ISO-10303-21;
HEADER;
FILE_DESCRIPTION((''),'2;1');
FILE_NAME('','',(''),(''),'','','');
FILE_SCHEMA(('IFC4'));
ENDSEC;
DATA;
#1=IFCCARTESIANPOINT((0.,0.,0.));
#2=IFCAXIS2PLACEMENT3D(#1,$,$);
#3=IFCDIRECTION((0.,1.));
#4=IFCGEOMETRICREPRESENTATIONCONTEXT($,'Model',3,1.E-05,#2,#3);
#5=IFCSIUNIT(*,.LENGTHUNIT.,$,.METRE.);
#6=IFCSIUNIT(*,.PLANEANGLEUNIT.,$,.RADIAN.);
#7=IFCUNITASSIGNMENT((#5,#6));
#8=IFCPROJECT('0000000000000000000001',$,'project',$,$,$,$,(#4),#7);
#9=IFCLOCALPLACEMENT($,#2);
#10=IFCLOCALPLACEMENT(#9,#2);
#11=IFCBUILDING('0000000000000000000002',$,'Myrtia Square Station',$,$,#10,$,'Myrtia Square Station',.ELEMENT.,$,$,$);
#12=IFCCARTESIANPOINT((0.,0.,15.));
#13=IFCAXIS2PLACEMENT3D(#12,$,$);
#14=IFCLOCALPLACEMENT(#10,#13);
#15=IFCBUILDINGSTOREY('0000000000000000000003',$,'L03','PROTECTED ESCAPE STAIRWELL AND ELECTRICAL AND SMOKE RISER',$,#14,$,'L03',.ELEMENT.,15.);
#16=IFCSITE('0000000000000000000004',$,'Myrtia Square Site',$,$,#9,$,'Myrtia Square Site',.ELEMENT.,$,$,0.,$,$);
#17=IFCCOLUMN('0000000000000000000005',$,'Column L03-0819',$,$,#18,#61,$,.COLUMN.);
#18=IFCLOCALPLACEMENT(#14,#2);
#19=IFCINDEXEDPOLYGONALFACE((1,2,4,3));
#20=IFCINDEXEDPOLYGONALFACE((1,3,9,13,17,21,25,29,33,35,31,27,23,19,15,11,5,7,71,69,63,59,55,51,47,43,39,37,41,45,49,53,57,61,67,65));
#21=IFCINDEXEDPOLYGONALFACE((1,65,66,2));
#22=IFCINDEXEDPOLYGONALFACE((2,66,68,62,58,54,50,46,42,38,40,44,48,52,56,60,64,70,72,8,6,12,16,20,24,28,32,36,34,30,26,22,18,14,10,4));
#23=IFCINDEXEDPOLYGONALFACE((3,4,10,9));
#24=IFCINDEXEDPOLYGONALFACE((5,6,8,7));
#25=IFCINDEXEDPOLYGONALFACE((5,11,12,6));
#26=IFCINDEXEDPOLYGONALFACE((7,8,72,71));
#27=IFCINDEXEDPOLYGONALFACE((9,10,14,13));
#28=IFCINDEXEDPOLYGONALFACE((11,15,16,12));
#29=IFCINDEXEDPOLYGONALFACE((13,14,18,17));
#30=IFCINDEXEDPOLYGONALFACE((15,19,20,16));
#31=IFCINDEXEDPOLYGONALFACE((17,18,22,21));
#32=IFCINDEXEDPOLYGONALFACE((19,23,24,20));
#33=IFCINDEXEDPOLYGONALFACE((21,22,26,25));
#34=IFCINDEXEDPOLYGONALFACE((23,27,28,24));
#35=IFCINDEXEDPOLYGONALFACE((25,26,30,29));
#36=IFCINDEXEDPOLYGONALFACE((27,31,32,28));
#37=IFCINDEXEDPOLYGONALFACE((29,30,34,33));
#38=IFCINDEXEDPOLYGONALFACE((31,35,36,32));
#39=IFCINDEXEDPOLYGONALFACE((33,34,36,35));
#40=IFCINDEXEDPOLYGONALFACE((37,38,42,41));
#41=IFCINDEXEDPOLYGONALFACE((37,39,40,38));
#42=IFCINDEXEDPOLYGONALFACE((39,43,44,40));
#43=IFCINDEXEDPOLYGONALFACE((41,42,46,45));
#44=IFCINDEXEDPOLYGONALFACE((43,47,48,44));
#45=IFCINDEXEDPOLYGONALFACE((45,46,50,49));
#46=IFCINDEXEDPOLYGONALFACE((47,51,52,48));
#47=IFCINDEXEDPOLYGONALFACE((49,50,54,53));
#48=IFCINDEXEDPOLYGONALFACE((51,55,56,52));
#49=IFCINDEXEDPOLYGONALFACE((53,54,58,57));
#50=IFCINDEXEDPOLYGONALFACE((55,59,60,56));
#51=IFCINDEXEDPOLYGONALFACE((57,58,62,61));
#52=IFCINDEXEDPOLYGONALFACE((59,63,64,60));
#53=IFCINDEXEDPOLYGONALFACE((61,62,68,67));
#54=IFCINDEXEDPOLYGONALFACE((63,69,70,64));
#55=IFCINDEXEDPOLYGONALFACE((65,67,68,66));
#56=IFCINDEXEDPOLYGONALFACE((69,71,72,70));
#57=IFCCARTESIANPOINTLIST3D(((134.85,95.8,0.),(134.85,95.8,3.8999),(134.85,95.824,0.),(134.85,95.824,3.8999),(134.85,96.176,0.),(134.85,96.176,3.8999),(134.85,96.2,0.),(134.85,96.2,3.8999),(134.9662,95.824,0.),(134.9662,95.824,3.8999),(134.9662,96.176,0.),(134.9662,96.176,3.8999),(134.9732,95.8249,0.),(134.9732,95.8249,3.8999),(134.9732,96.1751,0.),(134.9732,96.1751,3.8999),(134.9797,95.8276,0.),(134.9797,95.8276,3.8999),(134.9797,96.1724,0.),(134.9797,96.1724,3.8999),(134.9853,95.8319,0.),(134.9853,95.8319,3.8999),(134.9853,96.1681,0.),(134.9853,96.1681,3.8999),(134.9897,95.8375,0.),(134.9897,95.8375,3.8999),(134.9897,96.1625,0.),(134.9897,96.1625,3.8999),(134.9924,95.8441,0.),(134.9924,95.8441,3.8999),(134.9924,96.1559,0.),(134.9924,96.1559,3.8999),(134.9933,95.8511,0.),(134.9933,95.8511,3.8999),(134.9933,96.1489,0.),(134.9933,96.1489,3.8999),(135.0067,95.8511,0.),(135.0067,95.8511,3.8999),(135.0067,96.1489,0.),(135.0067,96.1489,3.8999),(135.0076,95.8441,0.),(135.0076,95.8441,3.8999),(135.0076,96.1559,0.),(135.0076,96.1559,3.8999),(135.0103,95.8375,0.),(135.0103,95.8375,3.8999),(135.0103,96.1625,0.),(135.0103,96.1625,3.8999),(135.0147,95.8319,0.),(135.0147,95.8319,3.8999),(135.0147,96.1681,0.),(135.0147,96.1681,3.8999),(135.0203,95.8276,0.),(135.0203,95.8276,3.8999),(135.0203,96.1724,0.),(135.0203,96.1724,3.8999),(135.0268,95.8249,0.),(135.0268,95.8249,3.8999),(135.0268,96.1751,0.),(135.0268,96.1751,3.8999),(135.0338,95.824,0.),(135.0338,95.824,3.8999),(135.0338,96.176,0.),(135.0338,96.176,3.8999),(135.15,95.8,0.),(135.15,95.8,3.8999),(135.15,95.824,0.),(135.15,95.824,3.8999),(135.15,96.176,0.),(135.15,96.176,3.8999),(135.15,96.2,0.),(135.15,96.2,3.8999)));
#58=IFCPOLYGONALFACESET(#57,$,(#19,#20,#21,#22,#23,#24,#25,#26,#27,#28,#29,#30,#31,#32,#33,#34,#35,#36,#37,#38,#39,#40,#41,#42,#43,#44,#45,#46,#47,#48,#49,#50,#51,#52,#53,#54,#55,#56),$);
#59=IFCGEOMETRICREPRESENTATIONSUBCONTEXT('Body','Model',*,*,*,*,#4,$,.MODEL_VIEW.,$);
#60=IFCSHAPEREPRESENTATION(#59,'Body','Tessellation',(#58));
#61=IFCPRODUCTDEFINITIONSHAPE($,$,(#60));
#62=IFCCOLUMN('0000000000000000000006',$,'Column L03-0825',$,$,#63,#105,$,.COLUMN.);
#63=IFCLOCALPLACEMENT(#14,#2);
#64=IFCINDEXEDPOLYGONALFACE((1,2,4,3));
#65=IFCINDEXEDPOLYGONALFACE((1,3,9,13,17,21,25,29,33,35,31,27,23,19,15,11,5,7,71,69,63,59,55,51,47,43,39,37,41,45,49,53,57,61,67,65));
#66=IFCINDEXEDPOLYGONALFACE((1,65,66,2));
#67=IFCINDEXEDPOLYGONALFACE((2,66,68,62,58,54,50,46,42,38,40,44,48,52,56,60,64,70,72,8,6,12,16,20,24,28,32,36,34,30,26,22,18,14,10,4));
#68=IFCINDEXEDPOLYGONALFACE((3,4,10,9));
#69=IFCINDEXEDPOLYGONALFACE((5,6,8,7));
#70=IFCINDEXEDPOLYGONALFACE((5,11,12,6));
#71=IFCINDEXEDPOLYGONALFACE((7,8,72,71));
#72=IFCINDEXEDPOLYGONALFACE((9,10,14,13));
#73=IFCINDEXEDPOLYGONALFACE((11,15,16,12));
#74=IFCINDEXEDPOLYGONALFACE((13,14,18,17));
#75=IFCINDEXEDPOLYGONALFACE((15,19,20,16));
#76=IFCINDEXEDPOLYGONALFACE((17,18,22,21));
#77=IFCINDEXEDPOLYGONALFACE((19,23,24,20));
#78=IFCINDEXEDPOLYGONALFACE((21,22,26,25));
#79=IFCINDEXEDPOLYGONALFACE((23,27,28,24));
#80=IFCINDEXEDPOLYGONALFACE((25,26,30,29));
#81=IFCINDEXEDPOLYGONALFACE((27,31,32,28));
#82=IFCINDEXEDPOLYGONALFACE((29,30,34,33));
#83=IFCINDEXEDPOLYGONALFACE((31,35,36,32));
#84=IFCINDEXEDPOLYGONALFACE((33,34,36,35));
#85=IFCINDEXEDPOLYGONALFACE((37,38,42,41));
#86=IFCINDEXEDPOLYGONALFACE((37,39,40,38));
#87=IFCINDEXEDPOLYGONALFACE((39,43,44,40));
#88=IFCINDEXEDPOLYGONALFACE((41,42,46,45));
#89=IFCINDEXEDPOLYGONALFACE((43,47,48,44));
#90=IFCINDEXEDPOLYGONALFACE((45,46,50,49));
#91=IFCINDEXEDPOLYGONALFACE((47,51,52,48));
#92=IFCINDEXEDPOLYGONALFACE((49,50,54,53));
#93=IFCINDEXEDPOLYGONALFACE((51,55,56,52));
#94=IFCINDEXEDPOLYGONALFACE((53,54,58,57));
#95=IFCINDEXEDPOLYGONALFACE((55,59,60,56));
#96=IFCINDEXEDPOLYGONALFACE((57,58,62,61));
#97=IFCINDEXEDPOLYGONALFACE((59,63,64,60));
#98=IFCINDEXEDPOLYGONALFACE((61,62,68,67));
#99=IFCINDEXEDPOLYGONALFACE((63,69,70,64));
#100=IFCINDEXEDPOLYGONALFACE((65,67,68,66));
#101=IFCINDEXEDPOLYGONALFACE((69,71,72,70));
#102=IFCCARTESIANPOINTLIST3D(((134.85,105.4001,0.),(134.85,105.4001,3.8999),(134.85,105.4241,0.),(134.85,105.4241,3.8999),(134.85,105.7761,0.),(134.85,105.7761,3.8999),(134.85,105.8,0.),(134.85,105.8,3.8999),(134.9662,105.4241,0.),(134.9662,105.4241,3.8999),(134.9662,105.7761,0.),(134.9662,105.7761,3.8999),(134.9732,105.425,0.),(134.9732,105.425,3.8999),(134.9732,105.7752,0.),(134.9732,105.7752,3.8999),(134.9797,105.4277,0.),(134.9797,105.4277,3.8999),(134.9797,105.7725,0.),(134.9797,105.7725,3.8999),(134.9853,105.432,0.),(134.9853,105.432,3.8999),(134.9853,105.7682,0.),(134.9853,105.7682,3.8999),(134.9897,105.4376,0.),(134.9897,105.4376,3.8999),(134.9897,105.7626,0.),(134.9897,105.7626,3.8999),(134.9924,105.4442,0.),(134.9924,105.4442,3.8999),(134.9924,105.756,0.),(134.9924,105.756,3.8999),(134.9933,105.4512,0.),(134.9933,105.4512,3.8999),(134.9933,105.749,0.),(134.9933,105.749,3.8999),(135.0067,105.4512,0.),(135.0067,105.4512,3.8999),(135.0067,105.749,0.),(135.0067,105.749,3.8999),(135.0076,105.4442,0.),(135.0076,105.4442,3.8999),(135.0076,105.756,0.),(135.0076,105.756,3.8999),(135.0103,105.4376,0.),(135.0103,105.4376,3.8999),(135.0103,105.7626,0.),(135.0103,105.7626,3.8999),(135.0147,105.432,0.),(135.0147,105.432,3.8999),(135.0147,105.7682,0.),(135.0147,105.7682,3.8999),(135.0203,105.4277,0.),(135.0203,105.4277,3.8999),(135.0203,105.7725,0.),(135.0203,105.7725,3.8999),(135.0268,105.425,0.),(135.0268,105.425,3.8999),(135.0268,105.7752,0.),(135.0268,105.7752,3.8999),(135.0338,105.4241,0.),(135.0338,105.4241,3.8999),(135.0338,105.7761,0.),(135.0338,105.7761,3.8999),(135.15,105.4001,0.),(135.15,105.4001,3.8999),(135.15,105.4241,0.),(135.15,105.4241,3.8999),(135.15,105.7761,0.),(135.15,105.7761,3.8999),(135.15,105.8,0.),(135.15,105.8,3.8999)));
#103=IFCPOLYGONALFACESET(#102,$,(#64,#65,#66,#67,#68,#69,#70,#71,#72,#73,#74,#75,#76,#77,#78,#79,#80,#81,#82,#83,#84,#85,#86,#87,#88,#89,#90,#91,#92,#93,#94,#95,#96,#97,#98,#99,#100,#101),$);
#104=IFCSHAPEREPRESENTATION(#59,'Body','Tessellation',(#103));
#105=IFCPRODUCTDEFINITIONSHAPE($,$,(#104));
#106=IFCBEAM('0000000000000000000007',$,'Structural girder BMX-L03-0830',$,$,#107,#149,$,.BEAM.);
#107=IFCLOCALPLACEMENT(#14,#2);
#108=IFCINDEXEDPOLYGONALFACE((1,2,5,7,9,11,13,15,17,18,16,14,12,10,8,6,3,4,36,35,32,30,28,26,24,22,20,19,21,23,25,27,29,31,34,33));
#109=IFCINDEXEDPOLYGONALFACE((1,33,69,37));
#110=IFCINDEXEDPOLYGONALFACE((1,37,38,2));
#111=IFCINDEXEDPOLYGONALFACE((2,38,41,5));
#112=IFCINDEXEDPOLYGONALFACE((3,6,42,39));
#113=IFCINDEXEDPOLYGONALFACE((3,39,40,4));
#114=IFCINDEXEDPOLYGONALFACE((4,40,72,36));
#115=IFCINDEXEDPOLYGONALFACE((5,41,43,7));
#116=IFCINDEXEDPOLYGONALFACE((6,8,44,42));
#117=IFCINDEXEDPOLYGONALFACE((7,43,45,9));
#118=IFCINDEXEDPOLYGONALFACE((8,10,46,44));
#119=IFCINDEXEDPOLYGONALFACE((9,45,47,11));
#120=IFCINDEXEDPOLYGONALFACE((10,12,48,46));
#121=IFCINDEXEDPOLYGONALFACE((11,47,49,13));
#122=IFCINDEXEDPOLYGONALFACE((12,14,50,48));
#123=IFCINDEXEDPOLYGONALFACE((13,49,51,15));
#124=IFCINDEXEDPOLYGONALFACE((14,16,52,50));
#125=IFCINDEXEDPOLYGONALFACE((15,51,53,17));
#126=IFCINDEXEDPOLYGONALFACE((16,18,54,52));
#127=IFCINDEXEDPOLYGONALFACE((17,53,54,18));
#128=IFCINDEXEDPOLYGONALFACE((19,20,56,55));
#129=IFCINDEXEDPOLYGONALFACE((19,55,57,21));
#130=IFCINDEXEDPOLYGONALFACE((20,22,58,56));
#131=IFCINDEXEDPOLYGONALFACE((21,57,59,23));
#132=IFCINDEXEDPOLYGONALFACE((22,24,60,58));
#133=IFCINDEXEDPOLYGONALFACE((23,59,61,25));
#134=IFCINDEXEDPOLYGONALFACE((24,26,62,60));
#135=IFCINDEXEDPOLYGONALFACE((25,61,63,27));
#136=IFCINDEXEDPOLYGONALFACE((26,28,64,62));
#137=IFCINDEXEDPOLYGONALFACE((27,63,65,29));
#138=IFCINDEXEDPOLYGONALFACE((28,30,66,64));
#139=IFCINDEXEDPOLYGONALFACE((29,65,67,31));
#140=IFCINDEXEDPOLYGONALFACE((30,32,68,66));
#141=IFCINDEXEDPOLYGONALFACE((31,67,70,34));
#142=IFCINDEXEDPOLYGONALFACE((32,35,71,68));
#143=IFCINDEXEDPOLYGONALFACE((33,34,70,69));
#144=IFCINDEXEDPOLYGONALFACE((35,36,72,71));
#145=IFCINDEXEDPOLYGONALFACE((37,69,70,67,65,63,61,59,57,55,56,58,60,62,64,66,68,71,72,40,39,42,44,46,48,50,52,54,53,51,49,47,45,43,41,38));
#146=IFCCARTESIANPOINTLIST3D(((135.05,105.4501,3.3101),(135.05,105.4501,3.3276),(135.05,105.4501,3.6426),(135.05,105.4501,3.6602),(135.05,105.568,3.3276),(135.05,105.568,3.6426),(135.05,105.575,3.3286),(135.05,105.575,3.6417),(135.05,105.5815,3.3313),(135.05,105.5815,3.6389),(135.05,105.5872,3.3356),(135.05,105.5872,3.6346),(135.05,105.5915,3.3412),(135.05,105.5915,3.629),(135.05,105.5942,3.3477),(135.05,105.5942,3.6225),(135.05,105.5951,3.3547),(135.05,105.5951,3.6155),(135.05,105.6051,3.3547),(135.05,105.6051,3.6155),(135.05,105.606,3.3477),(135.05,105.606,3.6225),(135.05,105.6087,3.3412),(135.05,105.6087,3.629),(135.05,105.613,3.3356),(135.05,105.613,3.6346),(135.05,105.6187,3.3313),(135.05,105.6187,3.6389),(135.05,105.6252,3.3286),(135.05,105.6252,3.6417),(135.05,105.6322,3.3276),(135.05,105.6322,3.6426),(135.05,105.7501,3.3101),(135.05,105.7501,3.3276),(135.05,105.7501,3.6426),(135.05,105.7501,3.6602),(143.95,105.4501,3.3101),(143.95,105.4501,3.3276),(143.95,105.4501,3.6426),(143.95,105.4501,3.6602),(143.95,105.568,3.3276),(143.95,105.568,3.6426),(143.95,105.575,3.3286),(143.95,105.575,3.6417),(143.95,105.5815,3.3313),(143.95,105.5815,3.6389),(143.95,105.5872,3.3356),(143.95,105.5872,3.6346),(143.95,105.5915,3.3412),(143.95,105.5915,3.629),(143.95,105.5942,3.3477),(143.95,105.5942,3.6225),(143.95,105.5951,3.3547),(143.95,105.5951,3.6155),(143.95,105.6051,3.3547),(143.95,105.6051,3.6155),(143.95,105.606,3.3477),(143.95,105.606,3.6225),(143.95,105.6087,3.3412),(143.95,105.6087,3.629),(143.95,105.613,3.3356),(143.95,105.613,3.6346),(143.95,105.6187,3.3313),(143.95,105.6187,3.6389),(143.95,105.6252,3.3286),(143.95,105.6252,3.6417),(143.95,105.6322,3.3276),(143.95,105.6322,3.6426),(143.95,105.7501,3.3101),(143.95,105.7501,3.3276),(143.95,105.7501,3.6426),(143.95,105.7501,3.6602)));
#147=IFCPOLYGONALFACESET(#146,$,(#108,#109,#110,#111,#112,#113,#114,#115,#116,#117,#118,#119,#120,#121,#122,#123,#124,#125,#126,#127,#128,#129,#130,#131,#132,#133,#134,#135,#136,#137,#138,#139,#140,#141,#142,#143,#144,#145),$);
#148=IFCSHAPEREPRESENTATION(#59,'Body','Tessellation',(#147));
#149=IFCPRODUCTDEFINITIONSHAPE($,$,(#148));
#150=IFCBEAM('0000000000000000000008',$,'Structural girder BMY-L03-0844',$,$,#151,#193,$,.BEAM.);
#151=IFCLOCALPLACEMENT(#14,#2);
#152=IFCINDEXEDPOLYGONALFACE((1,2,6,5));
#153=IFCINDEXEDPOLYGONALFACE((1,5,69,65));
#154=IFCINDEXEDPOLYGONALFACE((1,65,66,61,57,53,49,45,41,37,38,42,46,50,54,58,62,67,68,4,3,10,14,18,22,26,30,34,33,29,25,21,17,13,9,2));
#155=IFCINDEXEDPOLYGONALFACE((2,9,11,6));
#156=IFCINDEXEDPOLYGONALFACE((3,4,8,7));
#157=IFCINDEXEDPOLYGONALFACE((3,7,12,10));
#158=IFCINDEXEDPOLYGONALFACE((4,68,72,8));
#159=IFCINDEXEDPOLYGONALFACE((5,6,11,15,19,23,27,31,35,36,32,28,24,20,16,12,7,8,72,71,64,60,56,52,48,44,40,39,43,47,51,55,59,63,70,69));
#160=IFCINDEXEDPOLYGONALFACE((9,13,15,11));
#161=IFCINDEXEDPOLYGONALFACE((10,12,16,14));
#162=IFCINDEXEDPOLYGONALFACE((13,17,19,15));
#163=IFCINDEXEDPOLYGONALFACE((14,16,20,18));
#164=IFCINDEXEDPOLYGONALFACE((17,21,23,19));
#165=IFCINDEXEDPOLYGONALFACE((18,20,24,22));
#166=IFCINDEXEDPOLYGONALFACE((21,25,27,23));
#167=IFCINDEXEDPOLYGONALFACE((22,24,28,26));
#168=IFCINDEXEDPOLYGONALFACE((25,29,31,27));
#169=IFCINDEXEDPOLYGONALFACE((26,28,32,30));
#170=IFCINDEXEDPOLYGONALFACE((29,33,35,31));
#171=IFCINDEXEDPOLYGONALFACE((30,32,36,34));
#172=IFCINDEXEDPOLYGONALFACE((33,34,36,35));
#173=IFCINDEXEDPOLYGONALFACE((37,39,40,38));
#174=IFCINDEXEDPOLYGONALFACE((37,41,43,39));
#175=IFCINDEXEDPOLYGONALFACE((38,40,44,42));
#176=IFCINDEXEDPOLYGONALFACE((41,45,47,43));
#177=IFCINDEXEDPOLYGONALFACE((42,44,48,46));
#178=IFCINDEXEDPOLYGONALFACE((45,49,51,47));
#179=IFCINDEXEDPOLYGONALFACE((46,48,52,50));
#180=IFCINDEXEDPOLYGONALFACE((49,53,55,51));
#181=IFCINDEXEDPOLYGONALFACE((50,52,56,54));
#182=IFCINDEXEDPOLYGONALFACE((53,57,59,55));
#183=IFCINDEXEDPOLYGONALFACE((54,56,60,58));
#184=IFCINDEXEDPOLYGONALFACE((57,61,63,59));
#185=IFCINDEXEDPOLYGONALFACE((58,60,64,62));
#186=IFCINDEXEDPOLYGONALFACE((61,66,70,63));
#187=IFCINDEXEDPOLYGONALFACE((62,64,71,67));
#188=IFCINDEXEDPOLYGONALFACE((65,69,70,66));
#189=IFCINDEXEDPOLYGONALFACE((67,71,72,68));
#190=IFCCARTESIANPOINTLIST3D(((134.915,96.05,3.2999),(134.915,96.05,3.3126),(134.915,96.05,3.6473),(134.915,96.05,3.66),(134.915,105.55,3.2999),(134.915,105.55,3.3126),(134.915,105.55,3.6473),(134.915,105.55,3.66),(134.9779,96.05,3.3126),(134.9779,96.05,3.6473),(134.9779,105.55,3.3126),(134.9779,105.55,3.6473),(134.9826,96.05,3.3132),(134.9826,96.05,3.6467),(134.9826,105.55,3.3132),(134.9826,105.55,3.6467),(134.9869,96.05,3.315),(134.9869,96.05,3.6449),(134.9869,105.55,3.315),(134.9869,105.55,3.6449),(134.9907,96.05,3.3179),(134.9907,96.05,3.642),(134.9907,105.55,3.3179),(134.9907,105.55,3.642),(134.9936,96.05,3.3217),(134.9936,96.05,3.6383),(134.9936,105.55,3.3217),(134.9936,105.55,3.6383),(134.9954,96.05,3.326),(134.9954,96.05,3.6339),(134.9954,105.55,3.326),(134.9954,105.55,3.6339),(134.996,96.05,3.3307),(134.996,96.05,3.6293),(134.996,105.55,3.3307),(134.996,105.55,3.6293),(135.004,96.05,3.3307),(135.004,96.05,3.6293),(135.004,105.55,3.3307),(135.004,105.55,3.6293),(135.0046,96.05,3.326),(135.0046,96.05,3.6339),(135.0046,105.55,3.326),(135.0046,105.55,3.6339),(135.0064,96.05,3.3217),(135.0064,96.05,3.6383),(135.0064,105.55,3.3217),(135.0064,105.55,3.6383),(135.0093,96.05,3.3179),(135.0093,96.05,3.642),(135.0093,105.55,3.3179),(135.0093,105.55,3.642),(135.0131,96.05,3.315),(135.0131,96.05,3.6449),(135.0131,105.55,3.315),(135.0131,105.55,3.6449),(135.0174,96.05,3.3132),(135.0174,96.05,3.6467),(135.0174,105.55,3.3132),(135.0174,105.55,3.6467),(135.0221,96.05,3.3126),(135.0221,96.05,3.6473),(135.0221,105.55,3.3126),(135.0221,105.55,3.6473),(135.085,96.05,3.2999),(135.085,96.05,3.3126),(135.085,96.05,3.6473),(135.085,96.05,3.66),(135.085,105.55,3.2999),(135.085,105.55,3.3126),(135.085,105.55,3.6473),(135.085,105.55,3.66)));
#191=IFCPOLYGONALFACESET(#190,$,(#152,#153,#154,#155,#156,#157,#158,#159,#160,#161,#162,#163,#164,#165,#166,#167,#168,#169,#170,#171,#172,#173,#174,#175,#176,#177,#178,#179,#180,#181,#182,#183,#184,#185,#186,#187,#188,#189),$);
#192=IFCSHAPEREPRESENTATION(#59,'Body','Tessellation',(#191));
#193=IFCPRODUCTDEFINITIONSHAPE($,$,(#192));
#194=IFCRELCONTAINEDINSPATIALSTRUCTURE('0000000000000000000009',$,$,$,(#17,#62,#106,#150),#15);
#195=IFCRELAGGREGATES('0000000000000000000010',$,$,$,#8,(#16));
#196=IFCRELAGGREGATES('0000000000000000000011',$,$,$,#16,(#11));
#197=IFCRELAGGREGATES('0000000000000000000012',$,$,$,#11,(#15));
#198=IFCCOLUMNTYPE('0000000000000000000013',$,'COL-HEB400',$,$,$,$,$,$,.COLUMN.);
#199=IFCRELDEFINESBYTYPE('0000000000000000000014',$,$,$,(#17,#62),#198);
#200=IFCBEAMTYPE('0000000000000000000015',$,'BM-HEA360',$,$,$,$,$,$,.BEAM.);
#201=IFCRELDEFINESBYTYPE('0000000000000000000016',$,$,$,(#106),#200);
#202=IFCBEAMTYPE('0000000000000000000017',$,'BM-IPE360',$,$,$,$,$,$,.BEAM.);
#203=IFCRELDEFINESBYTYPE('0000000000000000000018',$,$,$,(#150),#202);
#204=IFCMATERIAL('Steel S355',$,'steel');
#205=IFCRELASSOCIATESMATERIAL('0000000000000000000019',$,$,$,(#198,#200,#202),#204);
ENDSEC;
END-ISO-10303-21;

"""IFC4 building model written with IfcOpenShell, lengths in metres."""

from ifc_helpers import new_model, si_unit, direction, frame, origin, origin_2d, place, context, subcontext, project, spatial, i_section, extrude, material, material_profile, profile_set, type_object, element, save


model = new_model("IFC4")

# Units and contexts
model_context = context("Model", 3, precision=1e-05, world=origin(), true_north=direction((0.0, 1.0)))
body_context = subcontext(model_context, "Body", "Model", "MODEL_VIEW")
ifc_project = project(units=[si_unit("LENGTHUNIT", "METRE"), si_unit("PLANEANGLEUNIT", "RADIAN")], contexts=[model_context])

# Site, building, storey
site_placement = place(None, origin())
site = spatial("IfcSite", under=ifc_project, at=site_placement, Name="Myrtia Square Site", LongName="Myrtia Square Site", CompositionType="ELEMENT", RefElevation=0.0)
building_placement = place(site_placement, origin())
building = spatial("IfcBuilding", under=site, at=building_placement, Name="Myrtia Square Station", LongName="Myrtia Square Station", CompositionType="ELEMENT")
storey_placement = place(building_placement, frame((0.0, 0.0, 15.0)))
storey = spatial("IfcBuildingStorey", under=building, at=storey_placement, Name="L03", Description="PROTECTED ESCAPE STAIRWELL AND ELECTRICAL AND SMOKE RISER", LongName="L03", CompositionType="ELEMENT", Elevation=15.0)

# Columns
ifc_material_1 = material(Name="Steel S355", Category="steel")
ifc_material_profile_1 = material_profile(ifc_material_1, i_section(OverallWidth=0.3, OverallDepth=0.3999, WebThickness=0.0134, FlangeThickness=0.0239, FilletRadius=0.0271, at=origin_2d()), Name="HEB 400")
ifc_profile_set_1 = profile_set([ifc_material_profile_1], Name="Steel S355")
column_type = type_object("IfcColumnType", Name="COL-HEB400", PredefinedType="COLUMN", material=ifc_profile_set_1)
for number, where, z_axis, x_axis, name in (
    (1, (135.0, 96.0, 0.0), (0.0, 0.0, 1.0), (1.0, 0.0, 0.0), "Column L03-0819"),
    (2, (135.0, 105.6001, 0.0), (0.0, 0.0, 1.0), (1.0, 0.0, 0.0), "Column L03-0825"),
):
    element("IfcColumn", number, at=place(storey_placement, frame(where, z_axis=z_axis, x_axis=x_axis)), inside=storey, type_object=column_type, Name=name, PredefinedType="COLUMN", context=body_context, shape_type="SweptSolid", body=[
        extrude(i_section(OverallWidth=0.3, OverallDepth=0.3999, WebThickness=0.0134, FlangeThickness=0.0239, FilletRadius=0.0271, at=origin_2d()), origin(), (0.0, 0.0, 1.0), 3.8999),
    ])

# Beams
ifc_material_profile_2 = material_profile(ifc_material_1, i_section(OverallWidth=0.3, OverallDepth=0.3501, WebThickness=0.01, FlangeThickness=0.0176, FilletRadius=0.0271, at=origin_2d()), Name="HEA 360")
ifc_profile_set_2 = profile_set([ifc_material_profile_2], Name="Steel S355")
beam_type_1 = type_object("IfcBeamType", Name="BM-HEA360", PredefinedType="BEAM", material=ifc_profile_set_2)
beam_1_placement = place(storey_placement, frame((135.05, 105.6001, 3.4851), z_axis=(1.0, 0.0, 0.0), x_axis=(0.0, 1.0, 0.0)))
element("IfcBeam", 3, at=beam_1_placement, inside=storey, type_object=beam_type_1, Name="Structural girder BMX-L03-0830", PredefinedType="BEAM", context=body_context, shape_type="SweptSolid", body=[
    extrude(i_section(OverallWidth=0.3, OverallDepth=0.3501, WebThickness=0.01, FlangeThickness=0.0176, FilletRadius=0.0271, at=origin_2d()), origin(), (0.0, 0.0, 1.0), 8.8999),
])
ifc_material_profile_3 = material_profile(ifc_material_1, i_section(OverallWidth=0.1699, OverallDepth=0.3601, WebThickness=0.0081, FlangeThickness=0.0127, FilletRadius=0.0181, at=origin_2d()), Name="IPE 360")
ifc_profile_set_3 = profile_set([ifc_material_profile_3], Name="Steel S355")
beam_type_2 = type_object("IfcBeamType", Name="BM-IPE360", PredefinedType="BEAM", material=ifc_profile_set_3)
beam_2_placement = place(storey_placement, frame((135.0, 96.05, 3.48), z_axis=(0.0, 1.0, 0.0), x_axis=(-1.0, 0.0, 0.0)))
element("IfcBeam", 4, at=beam_2_placement, inside=storey, type_object=beam_type_2, Name="Structural girder BMY-L03-0844", PredefinedType="BEAM", context=body_context, shape_type="SweptSolid", body=[
    extrude(i_section(OverallWidth=0.1699, OverallDepth=0.3601, WebThickness=0.0081, FlangeThickness=0.0127, FilletRadius=0.0181, at=origin_2d()), origin(), (0.0, 0.0, 1.0), 9.5),
])

save(model, "model.ifc")
